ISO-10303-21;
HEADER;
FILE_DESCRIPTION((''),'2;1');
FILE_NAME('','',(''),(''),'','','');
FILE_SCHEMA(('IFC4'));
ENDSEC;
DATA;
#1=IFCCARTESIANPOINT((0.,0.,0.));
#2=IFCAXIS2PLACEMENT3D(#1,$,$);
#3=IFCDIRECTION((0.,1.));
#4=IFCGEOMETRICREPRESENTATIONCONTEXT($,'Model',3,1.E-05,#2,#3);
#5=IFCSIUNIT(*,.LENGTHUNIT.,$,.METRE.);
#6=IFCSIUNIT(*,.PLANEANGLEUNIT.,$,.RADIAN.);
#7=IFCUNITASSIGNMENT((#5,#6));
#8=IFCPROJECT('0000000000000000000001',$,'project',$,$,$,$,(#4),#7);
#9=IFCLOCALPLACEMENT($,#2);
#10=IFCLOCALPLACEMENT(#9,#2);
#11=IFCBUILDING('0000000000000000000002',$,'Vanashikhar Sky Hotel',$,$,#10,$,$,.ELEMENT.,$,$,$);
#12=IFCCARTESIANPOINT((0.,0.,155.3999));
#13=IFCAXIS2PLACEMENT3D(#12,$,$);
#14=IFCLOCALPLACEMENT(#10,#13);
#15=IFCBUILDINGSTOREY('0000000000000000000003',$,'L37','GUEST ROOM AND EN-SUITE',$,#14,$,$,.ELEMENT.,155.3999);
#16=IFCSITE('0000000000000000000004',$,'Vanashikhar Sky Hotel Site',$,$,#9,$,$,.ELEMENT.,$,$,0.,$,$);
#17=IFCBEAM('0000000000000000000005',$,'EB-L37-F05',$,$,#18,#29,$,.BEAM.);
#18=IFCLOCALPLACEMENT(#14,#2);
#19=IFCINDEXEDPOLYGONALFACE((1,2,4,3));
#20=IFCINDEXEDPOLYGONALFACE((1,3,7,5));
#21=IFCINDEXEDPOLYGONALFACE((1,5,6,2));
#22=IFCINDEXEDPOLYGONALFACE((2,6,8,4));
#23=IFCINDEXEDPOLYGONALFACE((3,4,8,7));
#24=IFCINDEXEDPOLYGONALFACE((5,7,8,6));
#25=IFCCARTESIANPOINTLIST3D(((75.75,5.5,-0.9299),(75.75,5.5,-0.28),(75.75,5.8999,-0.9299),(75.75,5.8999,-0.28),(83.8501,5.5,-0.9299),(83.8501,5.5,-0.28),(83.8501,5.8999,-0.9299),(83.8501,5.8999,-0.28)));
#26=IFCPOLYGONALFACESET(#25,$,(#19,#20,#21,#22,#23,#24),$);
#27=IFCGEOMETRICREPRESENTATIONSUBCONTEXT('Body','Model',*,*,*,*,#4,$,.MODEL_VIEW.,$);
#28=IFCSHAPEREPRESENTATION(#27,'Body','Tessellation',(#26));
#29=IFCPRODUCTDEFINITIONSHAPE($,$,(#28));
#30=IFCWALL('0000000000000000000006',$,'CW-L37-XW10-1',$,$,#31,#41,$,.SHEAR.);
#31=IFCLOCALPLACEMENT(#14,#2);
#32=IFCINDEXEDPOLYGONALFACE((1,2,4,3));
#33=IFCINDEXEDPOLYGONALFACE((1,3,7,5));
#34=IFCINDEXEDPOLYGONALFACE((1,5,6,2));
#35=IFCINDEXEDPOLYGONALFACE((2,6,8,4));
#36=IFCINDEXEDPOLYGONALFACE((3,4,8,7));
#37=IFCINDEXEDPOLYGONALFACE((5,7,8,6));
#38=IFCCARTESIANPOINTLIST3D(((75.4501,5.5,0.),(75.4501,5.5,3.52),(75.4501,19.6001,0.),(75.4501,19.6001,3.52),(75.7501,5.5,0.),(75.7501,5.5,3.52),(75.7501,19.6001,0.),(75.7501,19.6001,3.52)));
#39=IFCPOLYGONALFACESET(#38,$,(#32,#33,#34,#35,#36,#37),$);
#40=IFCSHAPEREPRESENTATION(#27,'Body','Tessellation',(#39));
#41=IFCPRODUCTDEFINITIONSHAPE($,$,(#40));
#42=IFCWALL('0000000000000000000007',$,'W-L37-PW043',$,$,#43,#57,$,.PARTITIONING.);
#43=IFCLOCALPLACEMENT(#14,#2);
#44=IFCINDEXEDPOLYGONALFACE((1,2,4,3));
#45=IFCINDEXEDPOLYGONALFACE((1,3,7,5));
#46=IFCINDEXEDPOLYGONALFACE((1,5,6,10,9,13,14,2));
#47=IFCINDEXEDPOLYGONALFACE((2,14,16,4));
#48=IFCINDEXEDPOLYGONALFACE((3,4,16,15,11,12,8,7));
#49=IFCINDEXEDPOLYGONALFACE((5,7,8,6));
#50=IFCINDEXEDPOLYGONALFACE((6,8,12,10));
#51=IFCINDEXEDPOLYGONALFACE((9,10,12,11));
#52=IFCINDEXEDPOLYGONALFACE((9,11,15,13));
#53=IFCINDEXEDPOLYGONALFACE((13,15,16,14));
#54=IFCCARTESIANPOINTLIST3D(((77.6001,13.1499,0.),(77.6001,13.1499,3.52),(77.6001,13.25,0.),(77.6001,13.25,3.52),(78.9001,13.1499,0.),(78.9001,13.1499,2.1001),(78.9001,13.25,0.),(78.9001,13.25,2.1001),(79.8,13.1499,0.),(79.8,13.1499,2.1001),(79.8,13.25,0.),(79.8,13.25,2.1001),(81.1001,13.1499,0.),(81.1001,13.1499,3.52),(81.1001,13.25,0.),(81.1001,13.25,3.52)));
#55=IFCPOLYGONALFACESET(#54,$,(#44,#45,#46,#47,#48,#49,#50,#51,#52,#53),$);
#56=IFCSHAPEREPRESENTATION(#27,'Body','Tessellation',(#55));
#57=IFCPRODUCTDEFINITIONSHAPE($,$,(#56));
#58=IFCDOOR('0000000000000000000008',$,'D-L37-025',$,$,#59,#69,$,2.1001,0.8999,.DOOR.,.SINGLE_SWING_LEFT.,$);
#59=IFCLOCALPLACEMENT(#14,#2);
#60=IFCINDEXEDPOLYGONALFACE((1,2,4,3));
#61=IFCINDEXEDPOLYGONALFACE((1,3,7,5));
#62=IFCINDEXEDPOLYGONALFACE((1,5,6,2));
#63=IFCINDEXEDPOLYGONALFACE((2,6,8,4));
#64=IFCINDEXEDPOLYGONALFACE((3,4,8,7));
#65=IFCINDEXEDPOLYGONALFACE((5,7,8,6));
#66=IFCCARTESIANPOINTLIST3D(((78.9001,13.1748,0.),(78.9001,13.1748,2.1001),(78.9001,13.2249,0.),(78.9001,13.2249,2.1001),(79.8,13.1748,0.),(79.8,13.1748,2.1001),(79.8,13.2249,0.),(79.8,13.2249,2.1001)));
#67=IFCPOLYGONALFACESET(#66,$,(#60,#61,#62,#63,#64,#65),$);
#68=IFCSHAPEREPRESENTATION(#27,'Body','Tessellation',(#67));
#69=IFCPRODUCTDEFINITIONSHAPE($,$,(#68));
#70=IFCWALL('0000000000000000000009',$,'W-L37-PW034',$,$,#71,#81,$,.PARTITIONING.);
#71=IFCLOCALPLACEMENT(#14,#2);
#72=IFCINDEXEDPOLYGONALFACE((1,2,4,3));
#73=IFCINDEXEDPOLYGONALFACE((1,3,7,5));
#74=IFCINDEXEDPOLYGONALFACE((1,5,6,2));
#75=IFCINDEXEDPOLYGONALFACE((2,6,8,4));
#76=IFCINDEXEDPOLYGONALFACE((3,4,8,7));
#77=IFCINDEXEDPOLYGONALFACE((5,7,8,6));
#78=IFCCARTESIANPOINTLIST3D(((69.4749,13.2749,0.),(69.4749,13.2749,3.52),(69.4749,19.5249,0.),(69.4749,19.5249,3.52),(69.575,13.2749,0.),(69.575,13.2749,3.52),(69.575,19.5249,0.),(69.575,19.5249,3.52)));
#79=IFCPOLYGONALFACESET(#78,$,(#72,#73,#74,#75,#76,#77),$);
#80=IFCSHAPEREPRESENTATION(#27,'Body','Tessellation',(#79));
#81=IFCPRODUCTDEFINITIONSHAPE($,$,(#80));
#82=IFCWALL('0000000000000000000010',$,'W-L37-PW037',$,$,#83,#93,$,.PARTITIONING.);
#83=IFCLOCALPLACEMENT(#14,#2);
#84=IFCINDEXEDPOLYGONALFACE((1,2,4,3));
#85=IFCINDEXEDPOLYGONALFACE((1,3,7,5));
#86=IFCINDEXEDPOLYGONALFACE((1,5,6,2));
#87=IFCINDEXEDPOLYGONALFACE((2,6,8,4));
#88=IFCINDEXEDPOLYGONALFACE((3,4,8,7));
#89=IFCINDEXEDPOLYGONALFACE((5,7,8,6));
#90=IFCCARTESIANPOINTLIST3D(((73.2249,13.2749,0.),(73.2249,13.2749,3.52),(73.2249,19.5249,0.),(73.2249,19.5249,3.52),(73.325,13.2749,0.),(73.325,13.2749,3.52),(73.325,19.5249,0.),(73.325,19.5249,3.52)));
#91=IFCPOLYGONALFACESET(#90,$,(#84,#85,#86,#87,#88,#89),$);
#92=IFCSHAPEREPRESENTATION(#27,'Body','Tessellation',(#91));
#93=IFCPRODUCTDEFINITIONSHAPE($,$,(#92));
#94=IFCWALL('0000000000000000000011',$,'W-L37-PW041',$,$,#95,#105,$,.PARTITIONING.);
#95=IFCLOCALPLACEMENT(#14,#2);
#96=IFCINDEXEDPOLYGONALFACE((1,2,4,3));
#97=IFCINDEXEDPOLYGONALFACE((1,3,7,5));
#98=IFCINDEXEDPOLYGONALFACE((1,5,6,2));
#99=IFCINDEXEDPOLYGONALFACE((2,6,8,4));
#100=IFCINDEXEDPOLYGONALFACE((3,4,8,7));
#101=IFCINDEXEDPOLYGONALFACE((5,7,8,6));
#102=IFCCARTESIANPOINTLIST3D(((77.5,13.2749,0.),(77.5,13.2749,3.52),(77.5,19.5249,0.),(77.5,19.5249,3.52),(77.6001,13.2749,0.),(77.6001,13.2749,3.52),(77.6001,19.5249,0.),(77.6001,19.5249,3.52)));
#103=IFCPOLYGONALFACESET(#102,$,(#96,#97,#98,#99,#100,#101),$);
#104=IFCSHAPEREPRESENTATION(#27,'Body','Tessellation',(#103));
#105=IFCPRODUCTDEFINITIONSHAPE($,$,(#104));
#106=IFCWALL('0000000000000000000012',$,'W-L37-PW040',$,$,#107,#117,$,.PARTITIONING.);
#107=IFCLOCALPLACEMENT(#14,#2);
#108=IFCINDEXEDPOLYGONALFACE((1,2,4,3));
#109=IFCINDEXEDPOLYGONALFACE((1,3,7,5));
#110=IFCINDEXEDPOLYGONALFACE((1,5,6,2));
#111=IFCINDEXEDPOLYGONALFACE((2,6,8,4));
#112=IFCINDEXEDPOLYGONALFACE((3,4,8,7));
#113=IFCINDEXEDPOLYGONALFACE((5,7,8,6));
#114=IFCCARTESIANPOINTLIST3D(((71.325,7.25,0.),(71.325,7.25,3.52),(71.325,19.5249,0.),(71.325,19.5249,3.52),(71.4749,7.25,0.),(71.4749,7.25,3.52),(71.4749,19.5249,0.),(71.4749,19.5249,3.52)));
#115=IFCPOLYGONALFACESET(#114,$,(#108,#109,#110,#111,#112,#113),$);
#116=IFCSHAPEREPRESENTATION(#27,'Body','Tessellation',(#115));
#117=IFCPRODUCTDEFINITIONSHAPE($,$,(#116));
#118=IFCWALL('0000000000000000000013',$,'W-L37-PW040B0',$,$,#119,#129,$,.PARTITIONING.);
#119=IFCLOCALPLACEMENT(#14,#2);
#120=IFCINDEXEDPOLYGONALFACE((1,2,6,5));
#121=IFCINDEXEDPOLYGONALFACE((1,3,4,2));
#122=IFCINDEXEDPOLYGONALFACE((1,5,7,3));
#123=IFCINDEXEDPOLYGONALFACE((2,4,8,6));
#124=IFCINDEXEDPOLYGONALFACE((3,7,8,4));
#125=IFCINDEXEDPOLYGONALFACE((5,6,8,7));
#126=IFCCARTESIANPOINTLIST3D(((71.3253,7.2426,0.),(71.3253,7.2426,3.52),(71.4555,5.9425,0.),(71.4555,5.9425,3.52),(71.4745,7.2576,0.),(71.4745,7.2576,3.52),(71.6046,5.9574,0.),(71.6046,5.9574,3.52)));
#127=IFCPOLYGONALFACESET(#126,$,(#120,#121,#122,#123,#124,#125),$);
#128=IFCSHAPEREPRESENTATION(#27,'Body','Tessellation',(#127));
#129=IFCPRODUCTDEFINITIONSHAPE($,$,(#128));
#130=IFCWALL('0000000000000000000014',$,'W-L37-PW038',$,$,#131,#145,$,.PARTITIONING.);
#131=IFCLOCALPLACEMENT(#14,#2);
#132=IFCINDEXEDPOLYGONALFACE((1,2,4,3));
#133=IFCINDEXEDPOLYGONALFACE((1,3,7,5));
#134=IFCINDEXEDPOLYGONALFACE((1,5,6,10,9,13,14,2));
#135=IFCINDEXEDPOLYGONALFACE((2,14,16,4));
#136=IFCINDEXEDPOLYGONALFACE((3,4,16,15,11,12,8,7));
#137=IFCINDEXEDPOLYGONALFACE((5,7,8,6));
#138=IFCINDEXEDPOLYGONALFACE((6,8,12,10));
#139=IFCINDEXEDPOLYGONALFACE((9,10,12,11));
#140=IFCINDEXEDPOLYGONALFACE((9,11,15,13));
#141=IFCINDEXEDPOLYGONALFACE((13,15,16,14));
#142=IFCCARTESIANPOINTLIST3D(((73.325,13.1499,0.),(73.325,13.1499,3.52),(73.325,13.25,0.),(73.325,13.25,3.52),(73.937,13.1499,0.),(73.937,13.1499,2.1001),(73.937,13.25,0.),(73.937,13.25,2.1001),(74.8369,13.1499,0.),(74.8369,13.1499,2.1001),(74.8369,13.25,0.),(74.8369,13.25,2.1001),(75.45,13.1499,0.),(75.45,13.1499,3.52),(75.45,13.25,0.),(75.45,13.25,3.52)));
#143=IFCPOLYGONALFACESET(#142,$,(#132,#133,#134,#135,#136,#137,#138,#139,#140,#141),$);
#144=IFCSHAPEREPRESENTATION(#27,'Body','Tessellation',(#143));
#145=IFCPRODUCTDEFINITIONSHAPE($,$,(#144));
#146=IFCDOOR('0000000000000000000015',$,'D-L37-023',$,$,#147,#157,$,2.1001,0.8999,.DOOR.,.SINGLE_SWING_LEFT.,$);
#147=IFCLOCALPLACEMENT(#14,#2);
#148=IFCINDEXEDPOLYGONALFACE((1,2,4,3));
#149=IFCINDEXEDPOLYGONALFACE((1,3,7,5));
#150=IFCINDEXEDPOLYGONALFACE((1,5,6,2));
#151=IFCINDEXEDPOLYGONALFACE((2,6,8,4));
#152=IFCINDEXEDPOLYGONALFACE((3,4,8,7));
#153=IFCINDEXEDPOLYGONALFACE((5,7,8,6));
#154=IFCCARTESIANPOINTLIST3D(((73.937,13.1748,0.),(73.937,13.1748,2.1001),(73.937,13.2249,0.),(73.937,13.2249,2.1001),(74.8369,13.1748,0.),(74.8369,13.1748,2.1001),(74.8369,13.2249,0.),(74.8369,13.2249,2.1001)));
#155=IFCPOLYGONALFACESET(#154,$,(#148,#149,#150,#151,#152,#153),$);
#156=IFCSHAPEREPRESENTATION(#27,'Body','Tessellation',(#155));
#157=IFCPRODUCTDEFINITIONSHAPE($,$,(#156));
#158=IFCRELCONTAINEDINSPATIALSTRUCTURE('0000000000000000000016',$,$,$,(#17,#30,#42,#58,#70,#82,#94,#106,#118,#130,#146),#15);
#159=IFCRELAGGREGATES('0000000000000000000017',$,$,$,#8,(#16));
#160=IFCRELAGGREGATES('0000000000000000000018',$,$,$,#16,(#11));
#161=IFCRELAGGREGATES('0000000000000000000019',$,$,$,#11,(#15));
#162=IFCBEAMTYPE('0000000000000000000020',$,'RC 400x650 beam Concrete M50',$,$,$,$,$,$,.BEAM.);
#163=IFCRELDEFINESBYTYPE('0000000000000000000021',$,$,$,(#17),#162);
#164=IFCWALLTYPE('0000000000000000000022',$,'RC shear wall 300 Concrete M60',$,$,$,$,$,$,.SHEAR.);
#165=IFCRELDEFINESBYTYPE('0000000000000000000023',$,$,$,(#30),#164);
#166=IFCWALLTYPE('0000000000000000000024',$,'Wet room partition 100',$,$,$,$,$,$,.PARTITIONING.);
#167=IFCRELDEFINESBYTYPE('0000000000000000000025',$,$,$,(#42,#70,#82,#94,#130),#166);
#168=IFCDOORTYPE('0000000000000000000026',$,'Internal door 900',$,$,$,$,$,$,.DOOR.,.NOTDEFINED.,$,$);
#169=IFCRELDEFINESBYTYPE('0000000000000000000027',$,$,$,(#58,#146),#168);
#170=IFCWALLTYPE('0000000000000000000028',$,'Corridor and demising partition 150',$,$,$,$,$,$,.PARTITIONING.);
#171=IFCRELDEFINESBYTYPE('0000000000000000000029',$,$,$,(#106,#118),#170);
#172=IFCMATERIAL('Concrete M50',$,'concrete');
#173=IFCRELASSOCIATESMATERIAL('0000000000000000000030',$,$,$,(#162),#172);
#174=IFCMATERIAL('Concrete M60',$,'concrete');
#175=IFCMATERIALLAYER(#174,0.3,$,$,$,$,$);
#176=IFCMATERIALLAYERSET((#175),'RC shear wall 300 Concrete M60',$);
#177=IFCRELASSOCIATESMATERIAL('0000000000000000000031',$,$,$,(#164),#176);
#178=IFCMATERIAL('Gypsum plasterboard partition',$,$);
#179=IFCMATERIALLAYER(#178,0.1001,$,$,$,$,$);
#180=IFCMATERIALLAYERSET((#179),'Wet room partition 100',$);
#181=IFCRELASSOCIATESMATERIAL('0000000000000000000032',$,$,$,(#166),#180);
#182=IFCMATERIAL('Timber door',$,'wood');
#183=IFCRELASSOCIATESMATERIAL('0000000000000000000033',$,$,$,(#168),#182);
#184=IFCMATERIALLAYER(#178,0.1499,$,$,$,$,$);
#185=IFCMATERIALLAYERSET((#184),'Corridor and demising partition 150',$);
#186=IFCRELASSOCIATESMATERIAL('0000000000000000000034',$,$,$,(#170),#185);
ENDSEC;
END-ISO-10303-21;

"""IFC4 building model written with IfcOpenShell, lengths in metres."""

from ifc_helpers import new_model, si_unit, direction, frame, frame_2d, origin, origin_2d, place, context, subcontext, project, spatial, rectangle, extrude, source, transform, mapped, material, layer, layer_set, material_profile, profile_set, type_object, element, fill, save


model = new_model("IFC4")

# Units and contexts
model_context = context("Model", 3, precision=1e-05, world=origin(), true_north=direction((0.0, 1.0)))
body_context = subcontext(model_context, "Body", "Model", "MODEL_VIEW")
ifc_project = project(units=[si_unit("LENGTHUNIT", "METRE"), si_unit("PLANEANGLEUNIT", "RADIAN")], contexts=[model_context])

# Site, building, storey
site_placement = place(None, origin())
site = spatial("IfcSite", under=ifc_project, at=site_placement, Name="Vanashikhar Sky Hotel Site", CompositionType="ELEMENT", RefElevation=0.0)
building_placement = place(site_placement, origin())
building = spatial("IfcBuilding", under=site, at=building_placement, Name="Vanashikhar Sky Hotel", CompositionType="ELEMENT")
storey_placement = place(building_placement, frame((0.0, 0.0, 155.3999)))
storey = spatial("IfcBuildingStorey", under=building, at=storey_placement, Name="L37", Description="GUEST ROOM AND EN-SUITE", CompositionType="ELEMENT", Elevation=155.3999)

# Beam
ifc_material_1 = material(Name="Concrete M50", Category="concrete")
ifc_material_profile = material_profile(ifc_material_1, rectangle(XDim=0.3999, YDim=0.6499, at=origin_2d()))
ifc_profile_set = profile_set([ifc_material_profile], Name="RC 400x650 beam Concrete M50")
beam_type = type_object("IfcBeamType", Name="RC 400x650 beam Concrete M50", PredefinedType="BEAM", material=ifc_profile_set)
shared_shape_1 = source(origin(), body_context, "Body", "SweptSolid", [
    extrude(rectangle(XDim=0.3999, YDim=0.6499, at=origin_2d()), origin(), (0.0, 0.0, 1.0), 8.1001),
])
beam_placement = place(storey_placement, frame((75.75, 5.7, -0.605), z_axis=(1.0, 0.0, 0.0), x_axis=(0.0, 1.0, 0.0)))
element("IfcBeam", 1, at=beam_placement, inside=storey, type_object=beam_type, Name="EB-L37-F05", PredefinedType="BEAM", context=body_context, shape_type="MappedRepresentation", body=[
    mapped(shared_shape_1, transform((0.0, 0.0, 0.0), scale=1.0)),
])

# Wall
ifc_material_2 = material(Name="Concrete M60", Category="concrete")
ifc_layer_1 = layer(ifc_material_2, 0.3)
ifc_layer_set_1 = layer_set([ifc_layer_1], Name="RC shear wall 300 Concrete M60")
wall_type_1 = type_object("IfcWallType", Name="RC shear wall 300 Concrete M60", PredefinedType="SHEAR", material=ifc_layer_set_1)
shared_shape_2 = source(origin(), body_context, "Body", "SweptSolid", [
    extrude(rectangle(XDim=14.1001, YDim=0.3, at=frame_2d((7.05, 0.0))), origin(), (0.0, 0.0, 1.0), 3.52),
])
wall_1_placement = place(storey_placement, frame((75.6001, 5.5, 0.0), z_axis=(0.0, 0.0, 1.0), x_axis=(0.0, 1.0, 0.0)))
element("IfcWall", 2, at=wall_1_placement, inside=storey, type_object=wall_type_1, Name="CW-L37-XW10-1", PredefinedType="SHEAR", context=body_context, shape_type="MappedRepresentation", body=[
    mapped(shared_shape_2, transform((0.0, 0.0, 0.0), scale=1.0)),
])

# Wall, opening, door
ifc_material_3 = material(Name="Gypsum plasterboard partition")
ifc_layer_2 = layer(ifc_material_3, 0.1001)
ifc_layer_set_2 = layer_set([ifc_layer_2], Name="Wet room partition 100")
wall_type_2 = type_object("IfcWallType", Name="Wet room partition 100", PredefinedType="PARTITIONING", material=ifc_layer_set_2)
shared_shape_3 = source(origin(), body_context, "Body", "SweptSolid", [
    extrude(rectangle(XDim=3.5, YDim=0.1001, at=frame_2d((1.75, 0.0))), origin(), (0.0, 0.0, 1.0), 3.52),
])
wall_2_placement = place(storey_placement, frame((77.6001, 13.2, 0.0), z_axis=(0.0, 0.0, 1.0), x_axis=(1.0, 0.0, 0.0)))
wall_2 = element("IfcWall", 3, at=wall_2_placement, inside=storey, type_object=wall_type_2, Name="W-L37-PW043", PredefinedType="PARTITIONING", context=body_context, shape_type="MappedRepresentation", body=[
    mapped(shared_shape_3, transform((0.0, 0.0, 0.0), scale=1.0)),
])
shared_shape_4 = source(origin(), body_context, "Body", "SweptSolid", [
    extrude(rectangle(XDim=0.8999, YDim=2.1001, at=frame_2d((0.45, 1.05))), frame((0.0, 0.0601, 0.0), z_axis=(0.0, -1.0, 0.0), x_axis=(1.0, 0.0, 0.0)), (0.0, 0.0, 1.0), 0.1201),
])
opening_1_placement = place(wall_2_placement, frame((1.3, 0.0, 0.0)))
opening_1 = element("IfcOpeningElement", 4, at=opening_1_placement, cuts=wall_2, PredefinedType="OPENING", context=body_context, shape_type="MappedRepresentation", body=[
    mapped(shared_shape_4, transform((0.0, 0.0, 0.0), scale=1.0)),
])
ifc_material_4 = material(Name="Timber door", Category="wood")
door_type_1 = type_object("IfcDoorType", Name="Internal door 900", OperationType="NOTDEFINED", PredefinedType="DOOR", material=ifc_material_4)
shared_shape_5 = source(origin(), body_context, "Body", "SweptSolid", [
    extrude(rectangle(XDim=0.8999, YDim=2.1001, at=frame_2d((0.45, 1.05))), frame((0.0, 0.0249, 0.0), z_axis=(0.0, -1.0, 0.0), x_axis=(1.0, 0.0, 0.0)), (0.0, 0.0, 1.0), 0.05),
])
door_1_placement = place(opening_1_placement, origin())
door_1 = element("IfcDoor", 5, at=door_1_placement, inside=storey, type_object=door_type_1, Name="D-L37-025", OperationType="SINGLE_SWING_LEFT", OverallHeight=2.1001, OverallWidth=0.8999, PredefinedType="DOOR", context=body_context, shape_type="MappedRepresentation", body=[
    mapped(shared_shape_5, transform((0.0, 0.0, 0.0), scale=1.0)),
])
fill(opening_1, door_1)

# Walls
shared_shape_6 = source(origin(), body_context, "Body", "SweptSolid", [
    extrude(rectangle(XDim=6.25, YDim=0.1001, at=frame_2d((3.125, 0.0))), origin(), (0.0, 0.0, 1.0), 3.52),
])
for number, where, z_axis, x_axis, name in (
    (6, (69.5249, 13.2749, 0.0), (0.0, 0.0, 1.0), (0.0, 1.0, 0.0), "W-L37-PW034"),
    (7, (73.2749, 13.2749, 0.0), (0.0, 0.0, 1.0), (0.0, 1.0, 0.0), "W-L37-PW037"),
    (8, (77.55, 13.2749, 0.0), (0.0, 0.0, 1.0), (0.0, 1.0, 0.0), "W-L37-PW041"),
):
    element("IfcWall", number, at=place(storey_placement, frame(where, z_axis=z_axis, x_axis=x_axis)), inside=storey, type_object=wall_type_2, Name=name, PredefinedType="PARTITIONING", context=body_context, shape_type="MappedRepresentation", body=[
        mapped(shared_shape_6, transform((0.0, 0.0, 0.0), scale=1.0)),
    ])
ifc_layer_3 = layer(ifc_material_3, 0.1499)
ifc_layer_set_3 = layer_set([ifc_layer_3], Name="Corridor and demising partition 150")
wall_type_3 = type_object("IfcWallType", Name="Corridor and demising partition 150", PredefinedType="PARTITIONING", material=ifc_layer_set_3)
shared_shape_7 = source(origin(), body_context, "Body", "SweptSolid", [
    extrude(rectangle(XDim=12.2749, YDim=0.1499, at=frame_2d((6.1375, 0.0))), origin(), (0.0, 0.0, 1.0), 3.52),
])
wall_3_placement = place(storey_placement, frame((71.3999, 7.25, 0.0), z_axis=(0.0, 0.0, 1.0), x_axis=(0.0, 1.0, 0.0)))
element("IfcWall", 9, at=wall_3_placement, inside=storey, type_object=wall_type_3, Name="W-L37-PW040", PredefinedType="PARTITIONING", context=body_context, shape_type="MappedRepresentation", body=[
    mapped(shared_shape_7, transform((0.0, 0.0, 0.0), scale=1.0)),
])
shared_shape_8 = source(origin(), body_context, "Body", "SweptSolid", [
    extrude(rectangle(XDim=1.3066, YDim=0.1499, at=frame_2d((0.6533, 0.0))), origin(), (0.0, 0.0, 1.0), 3.52),
])
wall_4_placement = place(storey_placement, frame((71.53, 5.95, 0.0), z_axis=(0.0, 0.0, 1.0), x_axis=(-0.099596, 0.995028, 0.0)))
element("IfcWall", 10, at=wall_4_placement, inside=storey, type_object=wall_type_3, Name="W-L37-PW040B0", PredefinedType="PARTITIONING", context=body_context, shape_type="MappedRepresentation", body=[
    mapped(shared_shape_8, transform((0.0, 0.0, 0.0), scale=1.0)),
])

# Wall, opening, door
shared_shape_9 = source(origin(), body_context, "Body", "SweptSolid", [
    extrude(rectangle(XDim=2.125, YDim=0.1001, at=frame_2d((1.0625, 0.0))), origin(), (0.0, 0.0, 1.0), 3.52),
])
wall_5_placement = place(storey_placement, frame((73.325, 13.2, 0.0), z_axis=(0.0, 0.0, 1.0), x_axis=(1.0, 0.0, 0.0)))
wall_5 = element("IfcWall", 11, at=wall_5_placement, inside=storey, type_object=wall_type_2, Name="W-L37-PW038", PredefinedType="PARTITIONING", context=body_context, shape_type="MappedRepresentation", body=[
    mapped(shared_shape_9, transform((0.0, 0.0, 0.0), scale=1.0)),
])
opening_2_placement = place(wall_5_placement, frame((0.6121, 0.0, 0.0)))
opening_2 = element("IfcOpeningElement", 12, at=opening_2_placement, cuts=wall_5, PredefinedType="OPENING", context=body_context, shape_type="MappedRepresentation", body=[
    mapped(shared_shape_4, transform((0.0, 0.0, 0.0), scale=1.0)),
])
door_2_placement = place(opening_2_placement, origin())
door_2 = element("IfcDoor", 13, at=door_2_placement, inside=storey, type_object=door_type_1, Name="D-L37-023", OperationType="SINGLE_SWING_LEFT", OverallHeight=2.1001, OverallWidth=0.8999, PredefinedType="DOOR", context=body_context, shape_type="MappedRepresentation", body=[
    mapped(shared_shape_5, transform((0.0, 0.0, 0.0), scale=1.0)),
])
fill(opening_2, door_2)

save(model, "model.ifc")
